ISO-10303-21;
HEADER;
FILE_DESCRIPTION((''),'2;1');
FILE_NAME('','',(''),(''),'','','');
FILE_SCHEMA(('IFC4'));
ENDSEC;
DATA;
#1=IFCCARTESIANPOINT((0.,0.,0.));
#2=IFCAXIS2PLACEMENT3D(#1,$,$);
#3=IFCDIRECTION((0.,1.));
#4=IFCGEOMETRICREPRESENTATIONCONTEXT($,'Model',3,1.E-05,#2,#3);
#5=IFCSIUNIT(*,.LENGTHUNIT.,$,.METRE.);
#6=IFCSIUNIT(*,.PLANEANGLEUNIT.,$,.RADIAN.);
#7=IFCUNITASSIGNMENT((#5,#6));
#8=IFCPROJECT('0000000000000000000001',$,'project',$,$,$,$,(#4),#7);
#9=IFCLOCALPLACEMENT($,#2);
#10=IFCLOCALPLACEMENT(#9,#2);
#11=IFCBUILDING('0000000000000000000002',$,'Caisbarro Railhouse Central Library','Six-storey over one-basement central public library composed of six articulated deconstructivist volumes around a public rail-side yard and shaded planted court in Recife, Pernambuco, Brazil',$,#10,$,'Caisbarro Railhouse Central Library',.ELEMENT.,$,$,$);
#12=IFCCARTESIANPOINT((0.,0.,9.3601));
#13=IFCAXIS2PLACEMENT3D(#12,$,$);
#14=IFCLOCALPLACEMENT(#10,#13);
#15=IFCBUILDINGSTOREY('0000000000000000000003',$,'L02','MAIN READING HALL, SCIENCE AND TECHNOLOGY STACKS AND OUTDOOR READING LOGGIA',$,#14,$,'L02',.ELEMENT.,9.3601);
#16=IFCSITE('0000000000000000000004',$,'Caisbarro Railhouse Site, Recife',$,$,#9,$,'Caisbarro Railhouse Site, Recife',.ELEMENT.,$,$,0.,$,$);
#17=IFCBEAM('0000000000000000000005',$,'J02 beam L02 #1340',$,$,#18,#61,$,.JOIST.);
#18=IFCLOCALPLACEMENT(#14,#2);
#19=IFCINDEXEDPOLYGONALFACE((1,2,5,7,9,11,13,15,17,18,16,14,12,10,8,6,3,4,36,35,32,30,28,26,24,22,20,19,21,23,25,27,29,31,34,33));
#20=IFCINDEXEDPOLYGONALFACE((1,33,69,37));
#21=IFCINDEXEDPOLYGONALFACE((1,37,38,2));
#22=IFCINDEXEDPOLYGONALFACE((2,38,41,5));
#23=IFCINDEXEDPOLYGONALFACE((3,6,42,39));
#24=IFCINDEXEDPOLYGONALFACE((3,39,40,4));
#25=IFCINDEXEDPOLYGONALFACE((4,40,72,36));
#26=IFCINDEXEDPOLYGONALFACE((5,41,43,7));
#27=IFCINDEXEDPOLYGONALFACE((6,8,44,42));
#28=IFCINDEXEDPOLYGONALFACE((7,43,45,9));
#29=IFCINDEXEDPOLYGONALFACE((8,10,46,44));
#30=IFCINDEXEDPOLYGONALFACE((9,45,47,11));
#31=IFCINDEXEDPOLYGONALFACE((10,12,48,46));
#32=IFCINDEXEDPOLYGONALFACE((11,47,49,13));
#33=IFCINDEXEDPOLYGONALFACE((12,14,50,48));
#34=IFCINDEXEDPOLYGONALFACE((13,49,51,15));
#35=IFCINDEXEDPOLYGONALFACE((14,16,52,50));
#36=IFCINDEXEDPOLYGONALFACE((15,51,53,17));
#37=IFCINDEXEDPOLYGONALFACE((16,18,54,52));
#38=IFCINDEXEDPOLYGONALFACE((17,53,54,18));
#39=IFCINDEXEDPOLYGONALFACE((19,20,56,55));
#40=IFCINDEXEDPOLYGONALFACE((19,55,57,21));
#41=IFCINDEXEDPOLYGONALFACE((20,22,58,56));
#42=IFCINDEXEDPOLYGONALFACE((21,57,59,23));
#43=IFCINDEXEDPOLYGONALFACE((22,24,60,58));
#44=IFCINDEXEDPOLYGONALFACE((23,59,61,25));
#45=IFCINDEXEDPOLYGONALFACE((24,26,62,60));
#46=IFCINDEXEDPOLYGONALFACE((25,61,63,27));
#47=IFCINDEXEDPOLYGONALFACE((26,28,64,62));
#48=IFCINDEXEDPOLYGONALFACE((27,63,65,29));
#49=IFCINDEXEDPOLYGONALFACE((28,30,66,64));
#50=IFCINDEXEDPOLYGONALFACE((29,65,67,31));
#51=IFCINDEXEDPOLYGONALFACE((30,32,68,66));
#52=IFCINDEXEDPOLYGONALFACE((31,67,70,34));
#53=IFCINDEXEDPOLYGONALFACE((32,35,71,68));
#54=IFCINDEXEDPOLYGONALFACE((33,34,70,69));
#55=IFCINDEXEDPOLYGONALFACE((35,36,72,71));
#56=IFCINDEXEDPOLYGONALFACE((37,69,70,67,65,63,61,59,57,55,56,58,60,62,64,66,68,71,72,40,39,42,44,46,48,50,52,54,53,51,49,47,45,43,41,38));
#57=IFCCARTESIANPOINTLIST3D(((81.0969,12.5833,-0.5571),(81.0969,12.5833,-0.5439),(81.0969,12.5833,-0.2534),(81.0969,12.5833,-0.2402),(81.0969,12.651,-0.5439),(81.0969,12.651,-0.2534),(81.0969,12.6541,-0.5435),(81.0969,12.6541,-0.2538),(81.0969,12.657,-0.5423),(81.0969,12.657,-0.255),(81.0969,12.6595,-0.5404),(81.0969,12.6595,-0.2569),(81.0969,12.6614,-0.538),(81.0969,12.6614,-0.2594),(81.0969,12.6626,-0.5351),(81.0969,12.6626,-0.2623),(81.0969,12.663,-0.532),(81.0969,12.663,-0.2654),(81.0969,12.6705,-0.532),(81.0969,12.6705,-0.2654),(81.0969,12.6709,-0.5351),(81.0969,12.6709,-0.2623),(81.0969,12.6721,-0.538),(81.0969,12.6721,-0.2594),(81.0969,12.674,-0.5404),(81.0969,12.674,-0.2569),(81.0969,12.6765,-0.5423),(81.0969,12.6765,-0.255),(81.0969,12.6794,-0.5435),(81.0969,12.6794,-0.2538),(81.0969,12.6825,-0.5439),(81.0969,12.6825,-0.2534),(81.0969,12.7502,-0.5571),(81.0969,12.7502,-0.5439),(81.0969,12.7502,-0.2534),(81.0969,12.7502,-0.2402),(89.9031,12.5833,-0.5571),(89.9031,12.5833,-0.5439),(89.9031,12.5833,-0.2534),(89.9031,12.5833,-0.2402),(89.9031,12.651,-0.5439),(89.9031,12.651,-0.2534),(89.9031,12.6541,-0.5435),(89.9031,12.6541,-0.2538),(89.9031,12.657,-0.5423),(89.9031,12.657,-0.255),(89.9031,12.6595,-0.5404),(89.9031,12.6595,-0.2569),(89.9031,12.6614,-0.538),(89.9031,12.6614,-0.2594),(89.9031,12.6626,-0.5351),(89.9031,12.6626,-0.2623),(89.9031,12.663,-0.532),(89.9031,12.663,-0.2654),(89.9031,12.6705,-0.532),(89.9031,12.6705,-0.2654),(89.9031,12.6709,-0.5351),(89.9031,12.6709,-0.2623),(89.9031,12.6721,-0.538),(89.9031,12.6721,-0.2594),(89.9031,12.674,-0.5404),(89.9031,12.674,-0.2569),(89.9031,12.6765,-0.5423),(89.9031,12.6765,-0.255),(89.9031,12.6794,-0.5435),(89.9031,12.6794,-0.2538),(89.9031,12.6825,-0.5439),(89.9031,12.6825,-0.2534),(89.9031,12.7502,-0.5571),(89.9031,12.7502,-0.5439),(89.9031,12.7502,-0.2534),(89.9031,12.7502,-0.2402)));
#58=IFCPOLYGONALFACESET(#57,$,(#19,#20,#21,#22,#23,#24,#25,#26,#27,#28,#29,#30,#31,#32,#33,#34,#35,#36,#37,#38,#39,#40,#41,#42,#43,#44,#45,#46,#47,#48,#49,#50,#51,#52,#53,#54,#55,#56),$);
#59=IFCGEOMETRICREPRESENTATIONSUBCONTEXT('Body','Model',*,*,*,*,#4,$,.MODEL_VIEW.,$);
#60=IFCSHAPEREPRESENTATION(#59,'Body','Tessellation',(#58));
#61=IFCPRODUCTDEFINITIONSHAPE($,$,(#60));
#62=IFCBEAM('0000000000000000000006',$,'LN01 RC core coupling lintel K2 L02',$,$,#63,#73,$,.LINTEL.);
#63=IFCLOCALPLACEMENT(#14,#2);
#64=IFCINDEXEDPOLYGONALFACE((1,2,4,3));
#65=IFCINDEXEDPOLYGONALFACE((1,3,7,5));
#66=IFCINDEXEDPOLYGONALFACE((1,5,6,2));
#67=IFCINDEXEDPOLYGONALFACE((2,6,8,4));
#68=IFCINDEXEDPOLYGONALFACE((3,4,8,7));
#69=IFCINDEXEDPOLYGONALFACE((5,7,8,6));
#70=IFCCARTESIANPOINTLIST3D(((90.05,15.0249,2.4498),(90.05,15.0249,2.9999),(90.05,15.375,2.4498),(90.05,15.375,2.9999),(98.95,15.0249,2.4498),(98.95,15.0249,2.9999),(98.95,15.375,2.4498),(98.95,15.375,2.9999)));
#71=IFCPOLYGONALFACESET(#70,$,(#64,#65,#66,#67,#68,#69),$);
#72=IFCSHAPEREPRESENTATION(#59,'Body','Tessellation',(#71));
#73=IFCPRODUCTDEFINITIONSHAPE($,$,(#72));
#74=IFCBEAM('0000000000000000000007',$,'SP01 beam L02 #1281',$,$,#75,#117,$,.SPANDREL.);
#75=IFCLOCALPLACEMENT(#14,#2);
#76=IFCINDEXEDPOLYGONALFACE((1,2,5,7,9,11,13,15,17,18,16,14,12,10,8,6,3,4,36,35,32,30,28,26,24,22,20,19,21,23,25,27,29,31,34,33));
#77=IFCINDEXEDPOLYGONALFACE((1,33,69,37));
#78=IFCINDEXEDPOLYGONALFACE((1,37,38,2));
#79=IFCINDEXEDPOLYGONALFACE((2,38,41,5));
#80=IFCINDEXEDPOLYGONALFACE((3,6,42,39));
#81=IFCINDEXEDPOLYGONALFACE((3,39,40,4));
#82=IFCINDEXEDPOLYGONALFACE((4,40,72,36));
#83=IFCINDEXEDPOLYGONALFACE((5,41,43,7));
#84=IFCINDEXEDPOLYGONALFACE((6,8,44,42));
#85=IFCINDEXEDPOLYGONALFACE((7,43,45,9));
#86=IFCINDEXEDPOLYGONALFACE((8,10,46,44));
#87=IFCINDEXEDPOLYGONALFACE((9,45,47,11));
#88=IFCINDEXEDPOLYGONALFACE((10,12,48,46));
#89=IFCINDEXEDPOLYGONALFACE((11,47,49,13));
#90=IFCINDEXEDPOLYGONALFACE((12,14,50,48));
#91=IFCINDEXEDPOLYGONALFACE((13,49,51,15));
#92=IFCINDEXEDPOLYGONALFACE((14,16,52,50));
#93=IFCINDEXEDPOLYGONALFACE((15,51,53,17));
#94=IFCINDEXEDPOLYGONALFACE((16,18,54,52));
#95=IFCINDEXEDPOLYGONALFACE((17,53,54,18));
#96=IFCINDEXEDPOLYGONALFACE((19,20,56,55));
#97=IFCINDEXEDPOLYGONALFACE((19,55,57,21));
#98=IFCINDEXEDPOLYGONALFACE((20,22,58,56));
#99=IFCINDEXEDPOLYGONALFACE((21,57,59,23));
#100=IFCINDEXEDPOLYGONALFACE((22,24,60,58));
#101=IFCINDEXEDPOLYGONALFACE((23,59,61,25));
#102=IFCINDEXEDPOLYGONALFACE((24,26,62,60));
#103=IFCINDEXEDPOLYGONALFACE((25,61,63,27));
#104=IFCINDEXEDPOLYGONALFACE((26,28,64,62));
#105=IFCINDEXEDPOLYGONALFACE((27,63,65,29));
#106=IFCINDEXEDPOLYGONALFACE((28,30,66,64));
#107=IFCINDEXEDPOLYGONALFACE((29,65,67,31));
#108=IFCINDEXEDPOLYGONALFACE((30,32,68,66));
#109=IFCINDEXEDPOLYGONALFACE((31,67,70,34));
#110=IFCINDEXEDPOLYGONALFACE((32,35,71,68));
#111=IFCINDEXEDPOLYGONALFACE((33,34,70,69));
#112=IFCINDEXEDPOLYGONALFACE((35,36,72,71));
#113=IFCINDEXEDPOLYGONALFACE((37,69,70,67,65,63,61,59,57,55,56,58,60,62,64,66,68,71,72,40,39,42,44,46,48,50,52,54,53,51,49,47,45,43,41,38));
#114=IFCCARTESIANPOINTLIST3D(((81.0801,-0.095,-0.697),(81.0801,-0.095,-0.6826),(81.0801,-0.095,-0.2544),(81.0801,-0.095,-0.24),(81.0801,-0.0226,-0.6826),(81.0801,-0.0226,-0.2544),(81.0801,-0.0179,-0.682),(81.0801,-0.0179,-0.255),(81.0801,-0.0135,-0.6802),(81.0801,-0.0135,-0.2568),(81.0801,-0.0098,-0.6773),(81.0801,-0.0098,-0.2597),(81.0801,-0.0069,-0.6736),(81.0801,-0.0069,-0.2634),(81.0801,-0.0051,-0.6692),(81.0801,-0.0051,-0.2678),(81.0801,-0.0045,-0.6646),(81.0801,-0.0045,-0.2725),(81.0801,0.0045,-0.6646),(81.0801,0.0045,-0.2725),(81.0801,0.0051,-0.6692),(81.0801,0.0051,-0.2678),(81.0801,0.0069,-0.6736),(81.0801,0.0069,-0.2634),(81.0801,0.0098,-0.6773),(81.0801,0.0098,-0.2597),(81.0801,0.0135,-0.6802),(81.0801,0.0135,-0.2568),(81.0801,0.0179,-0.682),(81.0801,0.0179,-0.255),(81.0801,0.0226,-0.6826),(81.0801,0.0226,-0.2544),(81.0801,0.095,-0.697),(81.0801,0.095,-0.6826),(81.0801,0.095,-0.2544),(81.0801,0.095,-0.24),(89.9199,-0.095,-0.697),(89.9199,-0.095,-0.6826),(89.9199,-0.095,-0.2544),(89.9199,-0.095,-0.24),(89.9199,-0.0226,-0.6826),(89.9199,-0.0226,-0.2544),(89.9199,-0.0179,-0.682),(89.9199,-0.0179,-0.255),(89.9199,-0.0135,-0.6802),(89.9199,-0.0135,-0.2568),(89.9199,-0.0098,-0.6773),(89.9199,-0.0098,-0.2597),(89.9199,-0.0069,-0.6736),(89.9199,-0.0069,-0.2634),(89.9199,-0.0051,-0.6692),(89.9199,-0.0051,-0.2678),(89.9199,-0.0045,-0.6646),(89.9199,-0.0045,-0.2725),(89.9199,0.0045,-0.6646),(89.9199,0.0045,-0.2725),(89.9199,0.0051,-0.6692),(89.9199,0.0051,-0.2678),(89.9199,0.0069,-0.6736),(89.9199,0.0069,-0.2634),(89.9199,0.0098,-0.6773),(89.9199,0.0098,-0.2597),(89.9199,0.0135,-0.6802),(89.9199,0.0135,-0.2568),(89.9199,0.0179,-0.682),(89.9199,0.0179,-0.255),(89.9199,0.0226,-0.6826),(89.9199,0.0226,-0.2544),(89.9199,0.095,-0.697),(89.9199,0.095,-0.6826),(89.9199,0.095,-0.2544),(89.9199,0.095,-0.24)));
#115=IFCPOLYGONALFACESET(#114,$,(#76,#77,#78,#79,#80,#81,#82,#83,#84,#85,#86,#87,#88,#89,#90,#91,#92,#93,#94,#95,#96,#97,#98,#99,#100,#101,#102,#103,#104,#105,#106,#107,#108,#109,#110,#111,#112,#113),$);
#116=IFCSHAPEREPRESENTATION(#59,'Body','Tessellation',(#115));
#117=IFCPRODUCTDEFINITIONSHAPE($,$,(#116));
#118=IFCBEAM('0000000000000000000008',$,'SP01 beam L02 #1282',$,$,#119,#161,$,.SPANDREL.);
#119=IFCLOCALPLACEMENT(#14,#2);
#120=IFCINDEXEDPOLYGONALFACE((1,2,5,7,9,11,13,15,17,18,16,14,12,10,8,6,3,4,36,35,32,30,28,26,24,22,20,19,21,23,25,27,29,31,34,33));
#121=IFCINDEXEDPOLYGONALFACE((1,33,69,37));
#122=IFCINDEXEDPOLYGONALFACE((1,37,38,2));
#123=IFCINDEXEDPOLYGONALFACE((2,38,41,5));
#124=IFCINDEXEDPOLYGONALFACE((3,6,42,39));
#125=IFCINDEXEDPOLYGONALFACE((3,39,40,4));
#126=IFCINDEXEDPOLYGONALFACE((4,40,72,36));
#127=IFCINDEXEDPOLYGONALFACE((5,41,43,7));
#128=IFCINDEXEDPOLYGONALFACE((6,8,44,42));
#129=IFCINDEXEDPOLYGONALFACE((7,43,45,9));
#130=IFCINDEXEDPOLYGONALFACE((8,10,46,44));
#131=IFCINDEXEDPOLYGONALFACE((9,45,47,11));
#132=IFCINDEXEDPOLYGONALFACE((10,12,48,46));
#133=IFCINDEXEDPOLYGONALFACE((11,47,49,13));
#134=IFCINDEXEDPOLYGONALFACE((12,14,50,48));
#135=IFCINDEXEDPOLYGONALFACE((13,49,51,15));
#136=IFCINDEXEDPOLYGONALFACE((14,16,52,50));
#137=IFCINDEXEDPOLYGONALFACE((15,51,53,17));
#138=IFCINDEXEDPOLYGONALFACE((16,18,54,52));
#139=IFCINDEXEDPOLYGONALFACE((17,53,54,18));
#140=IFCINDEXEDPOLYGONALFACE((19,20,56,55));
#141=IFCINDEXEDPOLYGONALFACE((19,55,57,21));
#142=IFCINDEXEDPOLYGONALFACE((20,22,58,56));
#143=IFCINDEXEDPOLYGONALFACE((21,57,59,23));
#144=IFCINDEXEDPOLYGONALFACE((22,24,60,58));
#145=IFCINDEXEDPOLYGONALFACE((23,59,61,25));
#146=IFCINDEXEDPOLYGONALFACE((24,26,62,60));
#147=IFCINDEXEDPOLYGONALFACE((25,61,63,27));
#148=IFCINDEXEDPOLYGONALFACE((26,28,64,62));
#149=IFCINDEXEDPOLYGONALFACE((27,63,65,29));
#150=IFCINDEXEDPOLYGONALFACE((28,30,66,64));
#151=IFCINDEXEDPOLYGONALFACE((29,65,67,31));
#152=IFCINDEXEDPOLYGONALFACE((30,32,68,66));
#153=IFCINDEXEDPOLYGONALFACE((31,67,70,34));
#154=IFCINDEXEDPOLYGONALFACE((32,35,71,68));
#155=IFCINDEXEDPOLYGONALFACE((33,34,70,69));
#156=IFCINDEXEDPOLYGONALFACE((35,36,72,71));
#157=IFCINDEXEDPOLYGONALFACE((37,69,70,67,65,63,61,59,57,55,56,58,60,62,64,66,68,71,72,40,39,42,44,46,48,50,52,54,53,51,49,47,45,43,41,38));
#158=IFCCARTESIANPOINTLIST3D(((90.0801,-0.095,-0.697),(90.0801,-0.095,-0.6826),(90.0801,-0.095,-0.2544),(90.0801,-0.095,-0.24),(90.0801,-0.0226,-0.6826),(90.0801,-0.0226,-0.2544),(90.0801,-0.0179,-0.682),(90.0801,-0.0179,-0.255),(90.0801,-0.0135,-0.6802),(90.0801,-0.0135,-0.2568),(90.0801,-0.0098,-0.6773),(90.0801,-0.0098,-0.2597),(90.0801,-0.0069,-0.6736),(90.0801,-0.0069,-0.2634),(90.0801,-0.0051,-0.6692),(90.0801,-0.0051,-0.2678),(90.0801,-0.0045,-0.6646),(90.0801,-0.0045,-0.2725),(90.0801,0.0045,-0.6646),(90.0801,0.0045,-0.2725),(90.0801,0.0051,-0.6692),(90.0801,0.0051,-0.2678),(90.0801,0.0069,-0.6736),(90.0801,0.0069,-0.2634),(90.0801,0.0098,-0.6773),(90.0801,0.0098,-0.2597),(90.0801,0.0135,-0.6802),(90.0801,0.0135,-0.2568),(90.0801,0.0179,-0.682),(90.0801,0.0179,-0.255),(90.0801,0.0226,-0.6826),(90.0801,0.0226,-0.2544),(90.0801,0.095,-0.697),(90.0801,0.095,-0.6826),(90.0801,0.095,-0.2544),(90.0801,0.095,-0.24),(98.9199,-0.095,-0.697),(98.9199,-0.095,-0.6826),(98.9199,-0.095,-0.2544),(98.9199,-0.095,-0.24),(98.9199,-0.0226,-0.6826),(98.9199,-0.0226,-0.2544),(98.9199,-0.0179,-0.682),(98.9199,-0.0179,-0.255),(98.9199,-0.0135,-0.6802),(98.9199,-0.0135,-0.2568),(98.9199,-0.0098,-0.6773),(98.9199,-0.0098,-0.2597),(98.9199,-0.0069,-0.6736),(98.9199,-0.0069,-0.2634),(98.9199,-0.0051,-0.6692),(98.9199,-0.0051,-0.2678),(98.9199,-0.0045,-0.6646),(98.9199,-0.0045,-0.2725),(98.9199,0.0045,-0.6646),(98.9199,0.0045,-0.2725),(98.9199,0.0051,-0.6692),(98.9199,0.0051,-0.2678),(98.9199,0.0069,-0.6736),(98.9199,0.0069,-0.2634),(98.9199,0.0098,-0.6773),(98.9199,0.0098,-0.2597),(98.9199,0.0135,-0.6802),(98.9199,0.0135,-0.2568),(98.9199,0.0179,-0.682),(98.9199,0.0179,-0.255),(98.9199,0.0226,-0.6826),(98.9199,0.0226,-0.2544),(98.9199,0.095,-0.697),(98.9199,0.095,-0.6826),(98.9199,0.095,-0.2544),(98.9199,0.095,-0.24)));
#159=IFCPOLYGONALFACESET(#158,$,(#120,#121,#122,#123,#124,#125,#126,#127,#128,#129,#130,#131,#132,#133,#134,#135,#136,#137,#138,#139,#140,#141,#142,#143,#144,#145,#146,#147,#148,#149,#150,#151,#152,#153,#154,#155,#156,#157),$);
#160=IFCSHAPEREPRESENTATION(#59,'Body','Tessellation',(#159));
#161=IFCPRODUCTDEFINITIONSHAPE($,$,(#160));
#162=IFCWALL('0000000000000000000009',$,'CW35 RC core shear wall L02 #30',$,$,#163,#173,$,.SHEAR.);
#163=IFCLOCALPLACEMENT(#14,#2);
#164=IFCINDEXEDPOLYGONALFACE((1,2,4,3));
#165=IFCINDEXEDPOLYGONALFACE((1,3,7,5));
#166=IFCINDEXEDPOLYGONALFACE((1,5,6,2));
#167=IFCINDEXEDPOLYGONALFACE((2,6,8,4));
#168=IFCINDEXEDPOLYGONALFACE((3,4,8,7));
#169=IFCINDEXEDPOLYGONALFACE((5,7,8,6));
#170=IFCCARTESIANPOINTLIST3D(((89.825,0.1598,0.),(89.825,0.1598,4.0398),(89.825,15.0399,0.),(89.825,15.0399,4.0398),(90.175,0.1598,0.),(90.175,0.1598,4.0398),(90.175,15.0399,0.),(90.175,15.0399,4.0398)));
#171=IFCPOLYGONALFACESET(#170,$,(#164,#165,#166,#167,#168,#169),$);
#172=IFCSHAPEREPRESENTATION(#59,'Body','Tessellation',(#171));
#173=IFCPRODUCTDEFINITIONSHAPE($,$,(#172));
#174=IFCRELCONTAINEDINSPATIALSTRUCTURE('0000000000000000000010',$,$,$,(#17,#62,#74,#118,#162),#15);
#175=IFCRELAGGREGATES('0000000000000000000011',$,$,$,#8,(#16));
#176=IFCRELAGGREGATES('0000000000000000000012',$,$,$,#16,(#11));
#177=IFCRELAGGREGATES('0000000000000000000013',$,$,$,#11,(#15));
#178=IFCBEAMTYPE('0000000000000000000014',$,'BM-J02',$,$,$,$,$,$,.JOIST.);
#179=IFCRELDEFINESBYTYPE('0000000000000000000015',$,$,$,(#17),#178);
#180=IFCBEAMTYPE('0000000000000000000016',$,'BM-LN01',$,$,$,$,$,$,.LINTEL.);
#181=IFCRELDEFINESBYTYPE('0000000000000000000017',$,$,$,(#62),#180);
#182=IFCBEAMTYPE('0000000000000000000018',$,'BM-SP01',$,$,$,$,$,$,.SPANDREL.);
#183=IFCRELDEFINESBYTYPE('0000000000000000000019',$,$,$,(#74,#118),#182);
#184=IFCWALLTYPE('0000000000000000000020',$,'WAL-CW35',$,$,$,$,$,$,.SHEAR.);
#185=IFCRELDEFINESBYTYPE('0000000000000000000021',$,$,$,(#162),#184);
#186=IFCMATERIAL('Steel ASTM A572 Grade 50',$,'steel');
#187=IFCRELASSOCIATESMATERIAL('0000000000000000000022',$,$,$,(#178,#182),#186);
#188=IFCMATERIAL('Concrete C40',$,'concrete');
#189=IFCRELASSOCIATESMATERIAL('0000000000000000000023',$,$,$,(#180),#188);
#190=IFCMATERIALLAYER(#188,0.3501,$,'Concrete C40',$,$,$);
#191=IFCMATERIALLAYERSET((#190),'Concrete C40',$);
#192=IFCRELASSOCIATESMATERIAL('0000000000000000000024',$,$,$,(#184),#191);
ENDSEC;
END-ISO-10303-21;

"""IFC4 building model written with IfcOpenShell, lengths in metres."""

from ifc_helpers import new_model, si_unit, direction, frame, frame_2d, origin, origin_2d, place, context, subcontext, project, spatial, rectangle, i_section, extrude, material, layer, layer_set, material_profile, profile_set, type_object, element, save


model = new_model("IFC4")

# Units and contexts
model_context = context("Model", 3, precision=1e-05, world=origin(), true_north=direction((0.0, 1.0)))
body_context = subcontext(model_context, "Body", "Model", "MODEL_VIEW")
ifc_project = project(units=[si_unit("LENGTHUNIT", "METRE"), si_unit("PLANEANGLEUNIT", "RADIAN")], contexts=[model_context])

# Site, building, storey
site_placement = place(None, origin())
site = spatial("IfcSite", under=ifc_project, at=site_placement, Name="Caisbarro Railhouse Site, Recife", LongName="Caisbarro Railhouse Site, Recife", CompositionType="ELEMENT", RefElevation=0.0)
building_placement = place(site_placement, origin())
building = spatial("IfcBuilding", under=site, at=building_placement, Name="Caisbarro Railhouse Central Library", Description="Six-storey over one-basement central public library composed of six articulated deconstructivist volumes around a public rail-side yard and shaded planted court in Recife, Pernambuco, Brazil", LongName="Caisbarro Railhouse Central Library", CompositionType="ELEMENT")
storey_placement = place(building_placement, frame((0.0, 0.0, 9.3601)))
storey = spatial("IfcBuildingStorey", under=building, at=storey_placement, Name="L02", Description="MAIN READING HALL, SCIENCE AND TECHNOLOGY STACKS AND OUTDOOR READING LOGGIA", LongName="L02", CompositionType="ELEMENT", Elevation=9.3601)

# Shared definitions
ifc_material_1 = material(Name="Steel ASTM A572 Grade 50", Category="steel")

# Beams
ifc_material_profile_1 = material_profile(ifc_material_1, i_section(OverallWidth=0.167, OverallDepth=0.3169, WebThickness=0.0076, FlangeThickness=0.0132, FilletRadius=0.012, at=origin_2d()), Name="W310X52.0")
ifc_profile_set_1 = profile_set([ifc_material_profile_1], Name="Steel ASTM A572 Grade 50")
beam_type_1 = type_object("IfcBeamType", Name="BM-J02", PredefinedType="JOIST", material=ifc_profile_set_1)
for number, where, z_axis, x_axis, name in (
    (1, (81.0969, 12.6667, -0.3987), (1.0, 0.0, 0.0), (0.0, 1.0, 0.0), "J02 beam L02 #1340"),
):
    element("IfcBeam", number, at=place(storey_placement, frame(where, z_axis=z_axis, x_axis=x_axis)), inside=storey, type_object=beam_type_1, Name=name, PredefinedType="JOIST", context=body_context, shape_type="SweptSolid", body=[
        extrude(i_section(OverallWidth=0.167, OverallDepth=0.3169, WebThickness=0.0076, FlangeThickness=0.0132, FilletRadius=0.012, at=origin_2d()), origin(), (0.0, 0.0, 1.0), 8.8062),
    ])
ifc_material_2 = material(Name="Concrete C40", Category="concrete")
ifc_material_profile_2 = material_profile(ifc_material_2, rectangle(XDim=0.3501, YDim=0.55, at=origin_2d()), Name="RC-LIN-350X550")
ifc_profile_set_2 = profile_set([ifc_material_profile_2], Name="Concrete C40")
beam_type_2 = type_object("IfcBeamType", Name="BM-LN01", PredefinedType="LINTEL", material=ifc_profile_set_2)
beam_1_placement = place(storey_placement, frame((90.05, 15.2, 2.7249), z_axis=(1.0, 0.0, 0.0), x_axis=(0.0, 1.0, 0.0)))
element("IfcBeam", 2, at=beam_1_placement, inside=storey, type_object=beam_type_2, Name="LN01 RC core coupling lintel K2 L02", PredefinedType="LINTEL", context=body_context, shape_type="SweptSolid", body=[
    extrude(rectangle(XDim=0.3501, YDim=0.55, at=origin_2d()), origin(), (0.0, 0.0, 1.0), 8.8999),
])
ifc_material_profile_3 = material_profile(ifc_material_1, i_section(OverallWidth=0.1899, OverallDepth=0.457, WebThickness=0.009, FlangeThickness=0.0144, FilletRadius=0.0181, at=origin_2d()), Name="W460X74.0")
ifc_profile_set_3 = profile_set([ifc_material_profile_3], Name="Steel ASTM A572 Grade 50")
beam_type_3 = type_object("IfcBeamType", Name="BM-SP01", PredefinedType="SPANDREL", material=ifc_profile_set_3)
for number, where, z_axis, x_axis, name in (
    (3, (81.0801, 0.0, -0.4685), (1.0, 0.0, 0.0), (0.0, 1.0, 0.0), "SP01 beam L02 #1281"),
    (4, (90.0801, 0.0, -0.4685), (1.0, 0.0, 0.0), (0.0, 1.0, 0.0), "SP01 beam L02 #1282"),
):
    element("IfcBeam", number, at=place(storey_placement, frame(where, z_axis=z_axis, x_axis=x_axis)), inside=storey, type_object=beam_type_3, Name=name, PredefinedType="SPANDREL", context=body_context, shape_type="SweptSolid", body=[
        extrude(i_section(OverallWidth=0.1899, OverallDepth=0.457, WebThickness=0.009, FlangeThickness=0.0144, FilletRadius=0.0181, at=origin_2d()), origin(), (0.0, 0.0, 1.0), 8.8398),
    ])

# Wall
ifc_layer_1 = layer(ifc_material_2, 0.3501, Name="Concrete C40")
ifc_layer_set_1 = layer_set([ifc_layer_1], Name="Concrete C40")
wall_type_1 = type_object("IfcWallType", Name="WAL-CW35", PredefinedType="SHEAR", material=ifc_layer_set_1)
wall_1_placement = place(storey_placement, frame((90.0, 0.1599, 0.0), z_axis=(0.0, 0.0, 1.0), x_axis=(0.0, 1.0, 0.0)))
element("IfcWall", 5, at=wall_1_placement, inside=storey, type_object=wall_type_1, Name="CW35 RC core shear wall L02 #30", PredefinedType="SHEAR", context=body_context, shape_type="SweptSolid", body=[
    extrude(rectangle(XDim=14.8801, YDim=0.3501, at=frame_2d((7.4399, 0.0))), origin(), (0.0, 0.0, 1.0), 4.0398),
])

save(model, "model.ifc")
